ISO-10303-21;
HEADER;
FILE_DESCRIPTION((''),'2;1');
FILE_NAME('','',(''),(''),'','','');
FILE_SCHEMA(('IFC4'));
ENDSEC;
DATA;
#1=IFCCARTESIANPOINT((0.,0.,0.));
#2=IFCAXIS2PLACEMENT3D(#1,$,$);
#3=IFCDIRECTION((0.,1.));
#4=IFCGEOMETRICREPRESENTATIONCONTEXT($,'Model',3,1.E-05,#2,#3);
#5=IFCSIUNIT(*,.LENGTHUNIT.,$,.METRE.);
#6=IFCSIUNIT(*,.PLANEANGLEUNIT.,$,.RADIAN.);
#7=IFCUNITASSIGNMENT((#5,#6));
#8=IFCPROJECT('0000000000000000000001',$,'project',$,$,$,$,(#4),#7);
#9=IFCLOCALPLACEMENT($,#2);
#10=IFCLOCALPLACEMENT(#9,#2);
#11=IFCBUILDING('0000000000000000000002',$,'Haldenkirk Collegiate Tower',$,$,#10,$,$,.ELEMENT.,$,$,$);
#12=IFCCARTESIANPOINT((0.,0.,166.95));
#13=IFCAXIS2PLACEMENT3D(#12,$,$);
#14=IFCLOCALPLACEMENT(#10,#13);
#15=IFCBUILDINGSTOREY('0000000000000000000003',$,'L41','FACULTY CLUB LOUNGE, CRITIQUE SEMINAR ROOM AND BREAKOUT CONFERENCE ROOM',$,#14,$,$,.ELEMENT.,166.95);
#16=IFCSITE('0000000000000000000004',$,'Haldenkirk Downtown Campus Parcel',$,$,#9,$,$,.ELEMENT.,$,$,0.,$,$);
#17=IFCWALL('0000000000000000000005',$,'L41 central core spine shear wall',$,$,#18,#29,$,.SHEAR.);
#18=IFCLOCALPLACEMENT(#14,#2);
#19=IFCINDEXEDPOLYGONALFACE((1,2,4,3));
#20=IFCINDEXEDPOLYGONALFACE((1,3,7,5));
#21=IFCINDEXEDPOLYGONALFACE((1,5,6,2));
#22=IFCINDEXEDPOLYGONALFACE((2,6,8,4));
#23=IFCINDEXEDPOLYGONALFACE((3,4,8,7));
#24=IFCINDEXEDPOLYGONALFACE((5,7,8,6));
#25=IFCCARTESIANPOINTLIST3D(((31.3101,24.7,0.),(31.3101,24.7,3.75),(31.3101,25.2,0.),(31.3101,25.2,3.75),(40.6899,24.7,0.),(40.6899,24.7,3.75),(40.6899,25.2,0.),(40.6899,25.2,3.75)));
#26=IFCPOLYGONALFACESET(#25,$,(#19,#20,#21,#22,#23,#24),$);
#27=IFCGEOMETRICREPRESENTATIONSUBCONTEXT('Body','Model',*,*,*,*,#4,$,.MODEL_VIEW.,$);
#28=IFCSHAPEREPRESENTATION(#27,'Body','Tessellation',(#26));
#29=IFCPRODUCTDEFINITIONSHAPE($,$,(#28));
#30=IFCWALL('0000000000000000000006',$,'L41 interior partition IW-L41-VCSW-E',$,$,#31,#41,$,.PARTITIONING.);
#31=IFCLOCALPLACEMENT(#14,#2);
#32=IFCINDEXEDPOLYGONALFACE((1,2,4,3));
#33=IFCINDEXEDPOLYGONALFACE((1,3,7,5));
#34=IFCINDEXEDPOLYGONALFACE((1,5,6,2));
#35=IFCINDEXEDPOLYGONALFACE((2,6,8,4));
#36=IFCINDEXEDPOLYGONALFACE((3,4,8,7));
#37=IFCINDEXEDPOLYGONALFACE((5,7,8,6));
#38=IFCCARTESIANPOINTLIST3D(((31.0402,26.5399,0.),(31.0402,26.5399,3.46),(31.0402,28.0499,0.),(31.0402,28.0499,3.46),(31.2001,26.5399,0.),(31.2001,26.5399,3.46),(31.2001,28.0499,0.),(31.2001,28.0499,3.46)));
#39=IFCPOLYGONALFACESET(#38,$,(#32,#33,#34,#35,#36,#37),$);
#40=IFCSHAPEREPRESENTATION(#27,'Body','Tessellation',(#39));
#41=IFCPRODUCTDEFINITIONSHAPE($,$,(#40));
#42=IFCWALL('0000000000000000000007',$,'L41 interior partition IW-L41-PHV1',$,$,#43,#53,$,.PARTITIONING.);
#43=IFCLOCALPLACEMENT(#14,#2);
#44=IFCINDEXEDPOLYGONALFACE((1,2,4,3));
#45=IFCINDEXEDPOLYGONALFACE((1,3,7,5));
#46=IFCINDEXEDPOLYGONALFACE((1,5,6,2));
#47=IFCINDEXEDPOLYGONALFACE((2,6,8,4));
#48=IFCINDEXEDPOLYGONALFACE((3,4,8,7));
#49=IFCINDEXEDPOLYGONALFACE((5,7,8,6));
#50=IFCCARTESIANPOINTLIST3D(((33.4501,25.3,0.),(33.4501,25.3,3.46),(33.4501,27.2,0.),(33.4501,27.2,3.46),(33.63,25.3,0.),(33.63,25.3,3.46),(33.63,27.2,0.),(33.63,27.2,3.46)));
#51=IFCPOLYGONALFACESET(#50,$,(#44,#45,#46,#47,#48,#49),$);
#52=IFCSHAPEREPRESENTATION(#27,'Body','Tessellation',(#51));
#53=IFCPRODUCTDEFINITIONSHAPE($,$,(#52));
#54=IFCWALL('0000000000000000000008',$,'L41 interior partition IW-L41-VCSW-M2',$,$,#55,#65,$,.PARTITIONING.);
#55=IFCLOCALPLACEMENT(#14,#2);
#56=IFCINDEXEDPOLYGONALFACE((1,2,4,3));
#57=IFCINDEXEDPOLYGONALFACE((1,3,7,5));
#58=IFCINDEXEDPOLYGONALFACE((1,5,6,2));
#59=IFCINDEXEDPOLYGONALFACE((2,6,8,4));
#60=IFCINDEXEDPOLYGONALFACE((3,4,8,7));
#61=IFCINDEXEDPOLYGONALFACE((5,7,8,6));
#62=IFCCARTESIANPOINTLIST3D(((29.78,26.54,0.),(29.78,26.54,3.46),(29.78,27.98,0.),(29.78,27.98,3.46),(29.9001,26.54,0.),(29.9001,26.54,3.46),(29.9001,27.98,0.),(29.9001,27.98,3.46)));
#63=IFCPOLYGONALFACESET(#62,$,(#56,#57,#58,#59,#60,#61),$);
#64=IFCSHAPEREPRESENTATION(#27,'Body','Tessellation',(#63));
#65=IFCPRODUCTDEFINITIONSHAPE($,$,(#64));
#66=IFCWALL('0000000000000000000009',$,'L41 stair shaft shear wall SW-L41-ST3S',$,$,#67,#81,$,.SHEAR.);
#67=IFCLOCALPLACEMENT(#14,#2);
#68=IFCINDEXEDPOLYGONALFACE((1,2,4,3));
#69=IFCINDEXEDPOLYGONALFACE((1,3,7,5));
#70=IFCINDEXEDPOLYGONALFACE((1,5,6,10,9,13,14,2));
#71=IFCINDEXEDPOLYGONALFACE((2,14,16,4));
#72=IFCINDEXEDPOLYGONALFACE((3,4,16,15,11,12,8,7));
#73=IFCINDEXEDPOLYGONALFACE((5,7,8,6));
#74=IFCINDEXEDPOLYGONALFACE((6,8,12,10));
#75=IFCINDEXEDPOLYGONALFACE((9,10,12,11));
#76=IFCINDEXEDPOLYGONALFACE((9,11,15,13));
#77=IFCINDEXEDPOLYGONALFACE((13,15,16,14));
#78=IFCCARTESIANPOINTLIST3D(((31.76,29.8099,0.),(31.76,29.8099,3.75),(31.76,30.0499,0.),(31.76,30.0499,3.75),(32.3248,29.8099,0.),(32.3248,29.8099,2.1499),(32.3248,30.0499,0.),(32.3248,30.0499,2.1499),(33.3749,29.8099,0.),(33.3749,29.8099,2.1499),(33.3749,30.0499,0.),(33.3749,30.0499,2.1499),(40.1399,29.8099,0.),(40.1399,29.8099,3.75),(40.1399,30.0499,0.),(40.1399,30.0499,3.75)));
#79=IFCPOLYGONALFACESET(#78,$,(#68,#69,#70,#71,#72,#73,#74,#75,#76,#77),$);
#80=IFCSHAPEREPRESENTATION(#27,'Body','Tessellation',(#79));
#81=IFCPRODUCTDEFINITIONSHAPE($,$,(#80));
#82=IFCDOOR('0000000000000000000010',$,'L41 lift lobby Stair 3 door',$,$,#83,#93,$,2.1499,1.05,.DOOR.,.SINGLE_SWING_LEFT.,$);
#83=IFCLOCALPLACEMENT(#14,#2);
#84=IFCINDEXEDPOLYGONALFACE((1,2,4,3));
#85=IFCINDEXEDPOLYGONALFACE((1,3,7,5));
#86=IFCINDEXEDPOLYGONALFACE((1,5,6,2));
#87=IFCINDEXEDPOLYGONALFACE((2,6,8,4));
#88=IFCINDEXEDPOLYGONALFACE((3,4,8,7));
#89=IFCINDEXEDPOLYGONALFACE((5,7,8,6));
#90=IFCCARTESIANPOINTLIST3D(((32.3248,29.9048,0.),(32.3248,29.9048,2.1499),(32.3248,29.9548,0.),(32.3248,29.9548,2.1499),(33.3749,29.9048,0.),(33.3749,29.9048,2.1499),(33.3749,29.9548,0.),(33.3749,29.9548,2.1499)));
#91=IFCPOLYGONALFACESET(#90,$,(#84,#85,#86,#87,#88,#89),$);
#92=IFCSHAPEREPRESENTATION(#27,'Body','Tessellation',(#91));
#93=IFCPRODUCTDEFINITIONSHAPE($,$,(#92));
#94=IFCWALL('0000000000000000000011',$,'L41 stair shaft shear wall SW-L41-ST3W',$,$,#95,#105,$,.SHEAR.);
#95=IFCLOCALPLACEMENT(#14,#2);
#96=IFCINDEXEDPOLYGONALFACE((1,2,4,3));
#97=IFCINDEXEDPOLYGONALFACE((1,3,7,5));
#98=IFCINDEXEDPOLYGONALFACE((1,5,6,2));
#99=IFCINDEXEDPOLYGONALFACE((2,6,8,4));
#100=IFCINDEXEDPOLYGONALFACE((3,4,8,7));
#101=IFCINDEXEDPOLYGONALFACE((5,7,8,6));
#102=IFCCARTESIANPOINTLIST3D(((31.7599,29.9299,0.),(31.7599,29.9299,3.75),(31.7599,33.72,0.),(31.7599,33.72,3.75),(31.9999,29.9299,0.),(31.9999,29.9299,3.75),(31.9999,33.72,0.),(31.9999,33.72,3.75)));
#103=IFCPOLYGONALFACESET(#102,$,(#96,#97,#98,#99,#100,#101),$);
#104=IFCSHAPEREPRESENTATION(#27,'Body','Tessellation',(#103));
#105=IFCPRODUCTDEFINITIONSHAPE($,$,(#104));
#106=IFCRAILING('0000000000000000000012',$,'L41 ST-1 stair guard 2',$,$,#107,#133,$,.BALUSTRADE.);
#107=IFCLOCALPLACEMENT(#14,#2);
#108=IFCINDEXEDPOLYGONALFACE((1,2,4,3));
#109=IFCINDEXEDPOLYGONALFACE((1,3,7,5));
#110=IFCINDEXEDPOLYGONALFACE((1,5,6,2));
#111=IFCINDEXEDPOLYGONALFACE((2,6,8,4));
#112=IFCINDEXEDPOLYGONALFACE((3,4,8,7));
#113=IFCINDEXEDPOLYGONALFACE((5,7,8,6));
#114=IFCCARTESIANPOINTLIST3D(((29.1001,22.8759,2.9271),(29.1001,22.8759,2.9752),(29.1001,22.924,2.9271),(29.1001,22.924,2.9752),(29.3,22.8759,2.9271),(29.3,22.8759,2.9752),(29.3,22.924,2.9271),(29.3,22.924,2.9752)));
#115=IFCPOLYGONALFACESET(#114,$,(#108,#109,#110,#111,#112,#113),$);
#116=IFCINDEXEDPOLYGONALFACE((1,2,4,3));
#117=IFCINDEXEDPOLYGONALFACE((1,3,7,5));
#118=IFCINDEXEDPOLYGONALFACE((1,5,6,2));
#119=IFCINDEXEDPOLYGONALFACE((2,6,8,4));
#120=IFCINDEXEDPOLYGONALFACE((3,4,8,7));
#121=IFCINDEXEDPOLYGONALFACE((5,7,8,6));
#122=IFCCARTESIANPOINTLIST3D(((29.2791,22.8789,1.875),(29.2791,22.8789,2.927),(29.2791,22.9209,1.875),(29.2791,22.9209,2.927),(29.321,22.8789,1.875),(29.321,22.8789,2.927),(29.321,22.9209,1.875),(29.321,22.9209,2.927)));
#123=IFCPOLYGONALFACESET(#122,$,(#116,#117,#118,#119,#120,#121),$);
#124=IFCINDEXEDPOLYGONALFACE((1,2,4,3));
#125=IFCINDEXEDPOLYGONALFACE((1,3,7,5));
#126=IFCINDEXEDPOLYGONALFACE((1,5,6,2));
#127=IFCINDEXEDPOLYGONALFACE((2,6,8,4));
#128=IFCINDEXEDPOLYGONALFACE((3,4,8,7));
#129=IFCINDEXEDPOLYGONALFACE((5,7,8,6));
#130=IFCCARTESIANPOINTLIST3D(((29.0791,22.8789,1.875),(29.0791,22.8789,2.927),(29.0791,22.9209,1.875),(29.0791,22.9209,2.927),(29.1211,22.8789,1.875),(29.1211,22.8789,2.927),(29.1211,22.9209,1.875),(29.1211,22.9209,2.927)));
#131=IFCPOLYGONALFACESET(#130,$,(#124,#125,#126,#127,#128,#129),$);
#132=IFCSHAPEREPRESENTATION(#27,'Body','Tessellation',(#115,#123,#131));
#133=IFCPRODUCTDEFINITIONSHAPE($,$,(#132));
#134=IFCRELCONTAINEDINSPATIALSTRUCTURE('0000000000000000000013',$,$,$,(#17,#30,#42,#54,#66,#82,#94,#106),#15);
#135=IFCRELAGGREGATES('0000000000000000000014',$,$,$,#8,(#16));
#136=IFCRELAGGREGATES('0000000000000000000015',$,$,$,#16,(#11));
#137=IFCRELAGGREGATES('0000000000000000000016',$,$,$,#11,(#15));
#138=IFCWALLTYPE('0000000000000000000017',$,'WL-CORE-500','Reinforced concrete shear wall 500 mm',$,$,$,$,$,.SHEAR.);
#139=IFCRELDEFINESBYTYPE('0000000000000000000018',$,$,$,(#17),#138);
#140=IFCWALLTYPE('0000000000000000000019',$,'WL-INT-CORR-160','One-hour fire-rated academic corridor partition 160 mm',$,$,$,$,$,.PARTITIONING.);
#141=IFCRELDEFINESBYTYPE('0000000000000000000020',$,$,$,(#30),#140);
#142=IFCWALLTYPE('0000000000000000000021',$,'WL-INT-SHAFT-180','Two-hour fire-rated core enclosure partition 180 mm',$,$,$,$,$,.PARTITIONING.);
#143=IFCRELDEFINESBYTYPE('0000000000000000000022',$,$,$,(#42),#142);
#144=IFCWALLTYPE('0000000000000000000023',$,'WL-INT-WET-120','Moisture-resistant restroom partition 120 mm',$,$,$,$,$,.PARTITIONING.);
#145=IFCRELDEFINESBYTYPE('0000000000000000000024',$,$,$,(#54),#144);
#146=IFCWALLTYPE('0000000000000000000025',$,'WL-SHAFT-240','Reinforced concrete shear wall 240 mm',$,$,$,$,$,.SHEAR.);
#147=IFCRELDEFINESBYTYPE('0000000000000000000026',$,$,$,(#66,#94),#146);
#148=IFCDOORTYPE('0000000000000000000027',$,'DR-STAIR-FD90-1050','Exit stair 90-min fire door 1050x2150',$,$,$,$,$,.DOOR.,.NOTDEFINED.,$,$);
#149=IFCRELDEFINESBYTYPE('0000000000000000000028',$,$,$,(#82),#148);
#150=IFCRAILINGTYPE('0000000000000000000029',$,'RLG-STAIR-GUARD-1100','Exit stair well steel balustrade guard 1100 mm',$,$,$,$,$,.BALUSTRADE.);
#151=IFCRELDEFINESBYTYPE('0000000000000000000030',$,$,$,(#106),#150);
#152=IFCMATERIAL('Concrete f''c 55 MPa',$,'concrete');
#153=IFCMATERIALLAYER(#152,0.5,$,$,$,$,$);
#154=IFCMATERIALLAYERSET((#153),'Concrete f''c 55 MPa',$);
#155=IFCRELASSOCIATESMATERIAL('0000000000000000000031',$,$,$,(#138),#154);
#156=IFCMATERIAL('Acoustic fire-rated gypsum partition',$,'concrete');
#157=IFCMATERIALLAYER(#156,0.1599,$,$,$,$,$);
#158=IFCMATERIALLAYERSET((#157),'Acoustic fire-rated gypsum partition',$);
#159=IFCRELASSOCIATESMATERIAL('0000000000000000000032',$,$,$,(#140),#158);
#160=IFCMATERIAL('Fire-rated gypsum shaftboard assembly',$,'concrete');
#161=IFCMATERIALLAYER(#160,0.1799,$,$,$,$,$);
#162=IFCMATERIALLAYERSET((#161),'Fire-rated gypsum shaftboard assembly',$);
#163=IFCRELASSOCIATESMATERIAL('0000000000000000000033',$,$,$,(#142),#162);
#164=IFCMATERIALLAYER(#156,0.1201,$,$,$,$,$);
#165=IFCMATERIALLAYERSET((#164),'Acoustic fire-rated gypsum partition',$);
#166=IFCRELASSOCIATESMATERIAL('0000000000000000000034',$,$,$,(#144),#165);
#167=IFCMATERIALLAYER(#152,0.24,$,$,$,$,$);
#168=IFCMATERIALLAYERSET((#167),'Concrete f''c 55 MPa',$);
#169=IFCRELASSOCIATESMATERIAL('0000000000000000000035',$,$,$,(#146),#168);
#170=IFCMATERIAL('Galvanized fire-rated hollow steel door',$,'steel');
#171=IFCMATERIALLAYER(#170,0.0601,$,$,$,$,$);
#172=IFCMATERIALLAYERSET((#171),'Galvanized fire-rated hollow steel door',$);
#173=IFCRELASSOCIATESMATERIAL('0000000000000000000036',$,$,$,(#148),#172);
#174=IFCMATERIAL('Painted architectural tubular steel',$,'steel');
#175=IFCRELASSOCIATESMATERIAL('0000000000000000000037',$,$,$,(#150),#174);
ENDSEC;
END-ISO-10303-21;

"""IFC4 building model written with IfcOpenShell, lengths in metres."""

from ifc_helpers import new_model, si_unit, direction, frame, frame_2d, origin, origin_2d, place, context, subcontext, project, spatial, rectangle, extrude, material, layer, layer_set, type_object, element, fill, save


model = new_model("IFC4")

# Units and contexts
model_context = context("Model", 3, precision=1e-05, world=origin(), true_north=direction((0.0, 1.0)))
body_context = subcontext(model_context, "Body", "Model", "MODEL_VIEW")
ifc_project = project(units=[si_unit("LENGTHUNIT", "METRE"), si_unit("PLANEANGLEUNIT", "RADIAN")], contexts=[model_context])

# Site, building, storey
site_placement = place(None, origin())
site = spatial("IfcSite", under=ifc_project, at=site_placement, Name="Haldenkirk Downtown Campus Parcel", CompositionType="ELEMENT", RefElevation=0.0)
building_placement = place(site_placement, origin())
building = spatial("IfcBuilding", under=site, at=building_placement, Name="Haldenkirk Collegiate Tower", CompositionType="ELEMENT")
storey_placement = place(building_placement, frame((0.0, 0.0, 166.95)))
storey = spatial("IfcBuildingStorey", under=building, at=storey_placement, Name="L41", Description="FACULTY CLUB LOUNGE, CRITIQUE SEMINAR ROOM AND BREAKOUT CONFERENCE ROOM", CompositionType="ELEMENT", Elevation=166.95)

# Walls
ifc_material_1 = material(Name="Concrete f'c 55 MPa", Category="concrete")
ifc_layer_1 = layer(ifc_material_1, 0.5)
ifc_layer_set_1 = layer_set([ifc_layer_1], Name="Concrete f'c 55 MPa")
wall_type_1 = type_object("IfcWallType", Name="WL-CORE-500", Description="Reinforced concrete shear wall 500 mm", PredefinedType="SHEAR", material=ifc_layer_set_1)
wall_1_placement = place(storey_placement, frame((31.3101, 24.95, 0.0), z_axis=(0.0, 0.0, 1.0), x_axis=(1.0, 0.0, 0.0)))
element("IfcWall", 1, at=wall_1_placement, inside=storey, type_object=wall_type_1, Name="L41 central core spine shear wall", PredefinedType="SHEAR", context=body_context, shape_type="SweptSolid", body=[
    extrude(rectangle(XDim=9.3799, YDim=0.5, at=frame_2d((4.6899, 0.0))), origin(), (0.0, 0.0, 1.0), 3.75),
])
ifc_material_2 = material(Name="Acoustic fire-rated gypsum partition", Category="concrete")
ifc_layer_2 = layer(ifc_material_2, 0.1599)
ifc_layer_set_2 = layer_set([ifc_layer_2], Name="Acoustic fire-rated gypsum partition")
wall_type_2 = type_object("IfcWallType", Name="WL-INT-CORR-160", Description="One-hour fire-rated academic corridor partition 160 mm", PredefinedType="PARTITIONING", material=ifc_layer_set_2)
wall_2_placement = place(storey_placement, frame((31.1201, 26.54, 0.0), z_axis=(0.0, 0.0, 1.0), x_axis=(0.0, 1.0, 0.0)))
element("IfcWall", 2, at=wall_2_placement, inside=storey, type_object=wall_type_2, Name="L41 interior partition IW-L41-VCSW-E", PredefinedType="PARTITIONING", context=body_context, shape_type="SweptSolid", body=[
    extrude(rectangle(XDim=1.51, YDim=0.1599, at=frame_2d((0.7549, 0.0))), origin(), (0.0, 0.0, 1.0), 3.46),
])

# Shared definitions
ifc_material_3 = material(Name="Fire-rated gypsum shaftboard assembly", Category="concrete")
ifc_layer_3 = layer(ifc_material_3, 0.1799)
ifc_layer_set_3 = layer_set([ifc_layer_3], Name="Fire-rated gypsum shaftboard assembly")
wall_type_3 = type_object("IfcWallType", Name="WL-INT-SHAFT-180", Description="Two-hour fire-rated core enclosure partition 180 mm", PredefinedType="PARTITIONING", material=ifc_layer_set_3)

# Wall
wall_3_placement = place(storey_placement, frame((33.54, 25.3, 0.0), z_axis=(0.0, 0.0, 1.0), x_axis=(0.0, 1.0, 0.0)))
element("IfcWall", 3, at=wall_3_placement, inside=storey, type_object=wall_type_3, Name="L41 interior partition IW-L41-PHV1", PredefinedType="PARTITIONING", context=body_context, shape_type="SweptSolid", body=[
    extrude(rectangle(XDim=1.8999, YDim=0.1799, at=frame_2d((0.95, 0.0))), origin(), (0.0, 0.0, 1.0), 3.46),
])

# Shared definitions
ifc_material_4 = material(Name="Galvanized fire-rated hollow steel door", Category="steel")

# Wall
ifc_layer_4 = layer(ifc_material_2, 0.1201)
ifc_layer_set_4 = layer_set([ifc_layer_4], Name="Acoustic fire-rated gypsum partition")
wall_type_4 = type_object("IfcWallType", Name="WL-INT-WET-120", Description="Moisture-resistant restroom partition 120 mm", PredefinedType="PARTITIONING", material=ifc_layer_set_4)
wall_4_placement = place(storey_placement, frame((29.8401, 26.54, 0.0), z_axis=(0.0, 0.0, 1.0), x_axis=(0.0, 1.0, 0.0)))
element("IfcWall", 4, at=wall_4_placement, inside=storey, type_object=wall_type_4, Name="L41 interior partition IW-L41-VCSW-M2", PredefinedType="PARTITIONING", context=body_context, shape_type="SweptSolid", body=[
    extrude(rectangle(XDim=1.4399, YDim=0.1201, at=frame_2d((0.72, 0.0))), origin(), (0.0, 0.0, 1.0), 3.46),
])

# Wall, opening, door
ifc_layer_5 = layer(ifc_material_1, 0.24)
ifc_layer_set_5 = layer_set([ifc_layer_5], Name="Concrete f'c 55 MPa")
wall_type_5 = type_object("IfcWallType", Name="WL-SHAFT-240", Description="Reinforced concrete shear wall 240 mm", PredefinedType="SHEAR", material=ifc_layer_set_5)
wall_5_placement = place(storey_placement, frame((31.76, 29.9299, 0.0), z_axis=(0.0, 0.0, 1.0), x_axis=(1.0, 0.0, 0.0)))
wall_5 = element("IfcWall", 5, at=wall_5_placement, inside=storey, type_object=wall_type_5, Name="L41 stair shaft shear wall SW-L41-ST3S", PredefinedType="SHEAR", context=body_context, shape_type="SweptSolid", body=[
    extrude(rectangle(XDim=8.3799, YDim=0.24, at=frame_2d((4.1899, 0.0))), origin(), (0.0, 0.0, 1.0), 3.75),
])
opening_1_placement = place(wall_5_placement, frame((0.5649, 0.0, 0.0)))
opening_1 = element("IfcOpeningElement", 6, at=opening_1_placement, cuts=wall_5, PredefinedType="OPENING", context=body_context, shape_type="SweptSolid", body=[
    extrude(rectangle(XDim=1.05, YDim=2.1499, at=frame_2d((0.5249, 1.075))), frame((0.0, 0.1299, 0.0), z_axis=(0.0, -1.0, 0.0), x_axis=(1.0, 0.0, 0.0)), (0.0, 0.0, 1.0), 0.26),
])
ifc_layer_6 = layer(ifc_material_4, 0.0601)
ifc_layer_set_6 = layer_set([ifc_layer_6], Name="Galvanized fire-rated hollow steel door")
door_type_1 = type_object("IfcDoorType", Name="DR-STAIR-FD90-1050", Description="Exit stair 90-min fire door 1050x2150", OperationType="NOTDEFINED", PredefinedType="DOOR", material=ifc_layer_set_6)
door_1_placement = place(opening_1_placement, origin())
door_1 = element("IfcDoor", 7, at=door_1_placement, inside=storey, type_object=door_type_1, Name="L41 lift lobby Stair 3 door", OperationType="SINGLE_SWING_LEFT", OverallHeight=2.1499, OverallWidth=1.05, PredefinedType="DOOR", context=body_context, shape_type="SweptSolid", body=[
    extrude(rectangle(XDim=1.05, YDim=2.1499, at=frame_2d((0.5249, 1.075))), frame((0.0, 0.0249, 0.0), z_axis=(0.0, -1.0, 0.0), x_axis=(1.0, 0.0, 0.0)), (0.0, 0.0, 1.0), 0.05),
])
fill(opening_1, door_1)

# Wall
wall_6_placement = place(storey_placement, frame((31.8799, 29.9299, 0.0), z_axis=(0.0, 0.0, 1.0), x_axis=(0.0, 1.0, 0.0)))
element("IfcWall", 8, at=wall_6_placement, inside=storey, type_object=wall_type_5, Name="L41 stair shaft shear wall SW-L41-ST3W", PredefinedType="SHEAR", context=body_context, shape_type="SweptSolid", body=[
    extrude(rectangle(XDim=3.79, YDim=0.24, at=frame_2d((1.895, 0.0))), origin(), (0.0, 0.0, 1.0), 3.75),
])

# Railing
ifc_material_5 = material(Name="Painted architectural tubular steel", Category="steel")
railing_type = type_object("IfcRailingType", Name="RLG-STAIR-GUARD-1100", Description="Exit stair well steel balustrade guard 1100 mm", PredefinedType="BALUSTRADE", material=ifc_material_5)
railing_placement = place(storey_placement, frame((29.3, 22.8999, 1.875)))
element("IfcRailing", 9, at=railing_placement, inside=storey, type_object=railing_type, Name="L41 ST-1 stair guard 2", PredefinedType="BALUSTRADE", context=body_context, shape_type="SweptSolid", body=[
    extrude(rectangle(XDim=0.0481, YDim=0.0481, at=origin_2d()), frame((0.0, 0.0, 1.0762), z_axis=(-1.0, 0.0, 0.0), x_axis=(0.0, -1.0, 0.0)), (0.0, 0.0, 1.0), 0.2),
    extrude(rectangle(XDim=0.042, YDim=0.042, at=origin_2d()), origin(), (0.0, 0.0, 1.0), 1.052),
    extrude(rectangle(XDim=0.042, YDim=0.042, at=origin_2d()), frame((-0.2, 0.0, 0.0)), (0.0, 0.0, 1.0), 1.052),
])

save(model, "model.ifc")
